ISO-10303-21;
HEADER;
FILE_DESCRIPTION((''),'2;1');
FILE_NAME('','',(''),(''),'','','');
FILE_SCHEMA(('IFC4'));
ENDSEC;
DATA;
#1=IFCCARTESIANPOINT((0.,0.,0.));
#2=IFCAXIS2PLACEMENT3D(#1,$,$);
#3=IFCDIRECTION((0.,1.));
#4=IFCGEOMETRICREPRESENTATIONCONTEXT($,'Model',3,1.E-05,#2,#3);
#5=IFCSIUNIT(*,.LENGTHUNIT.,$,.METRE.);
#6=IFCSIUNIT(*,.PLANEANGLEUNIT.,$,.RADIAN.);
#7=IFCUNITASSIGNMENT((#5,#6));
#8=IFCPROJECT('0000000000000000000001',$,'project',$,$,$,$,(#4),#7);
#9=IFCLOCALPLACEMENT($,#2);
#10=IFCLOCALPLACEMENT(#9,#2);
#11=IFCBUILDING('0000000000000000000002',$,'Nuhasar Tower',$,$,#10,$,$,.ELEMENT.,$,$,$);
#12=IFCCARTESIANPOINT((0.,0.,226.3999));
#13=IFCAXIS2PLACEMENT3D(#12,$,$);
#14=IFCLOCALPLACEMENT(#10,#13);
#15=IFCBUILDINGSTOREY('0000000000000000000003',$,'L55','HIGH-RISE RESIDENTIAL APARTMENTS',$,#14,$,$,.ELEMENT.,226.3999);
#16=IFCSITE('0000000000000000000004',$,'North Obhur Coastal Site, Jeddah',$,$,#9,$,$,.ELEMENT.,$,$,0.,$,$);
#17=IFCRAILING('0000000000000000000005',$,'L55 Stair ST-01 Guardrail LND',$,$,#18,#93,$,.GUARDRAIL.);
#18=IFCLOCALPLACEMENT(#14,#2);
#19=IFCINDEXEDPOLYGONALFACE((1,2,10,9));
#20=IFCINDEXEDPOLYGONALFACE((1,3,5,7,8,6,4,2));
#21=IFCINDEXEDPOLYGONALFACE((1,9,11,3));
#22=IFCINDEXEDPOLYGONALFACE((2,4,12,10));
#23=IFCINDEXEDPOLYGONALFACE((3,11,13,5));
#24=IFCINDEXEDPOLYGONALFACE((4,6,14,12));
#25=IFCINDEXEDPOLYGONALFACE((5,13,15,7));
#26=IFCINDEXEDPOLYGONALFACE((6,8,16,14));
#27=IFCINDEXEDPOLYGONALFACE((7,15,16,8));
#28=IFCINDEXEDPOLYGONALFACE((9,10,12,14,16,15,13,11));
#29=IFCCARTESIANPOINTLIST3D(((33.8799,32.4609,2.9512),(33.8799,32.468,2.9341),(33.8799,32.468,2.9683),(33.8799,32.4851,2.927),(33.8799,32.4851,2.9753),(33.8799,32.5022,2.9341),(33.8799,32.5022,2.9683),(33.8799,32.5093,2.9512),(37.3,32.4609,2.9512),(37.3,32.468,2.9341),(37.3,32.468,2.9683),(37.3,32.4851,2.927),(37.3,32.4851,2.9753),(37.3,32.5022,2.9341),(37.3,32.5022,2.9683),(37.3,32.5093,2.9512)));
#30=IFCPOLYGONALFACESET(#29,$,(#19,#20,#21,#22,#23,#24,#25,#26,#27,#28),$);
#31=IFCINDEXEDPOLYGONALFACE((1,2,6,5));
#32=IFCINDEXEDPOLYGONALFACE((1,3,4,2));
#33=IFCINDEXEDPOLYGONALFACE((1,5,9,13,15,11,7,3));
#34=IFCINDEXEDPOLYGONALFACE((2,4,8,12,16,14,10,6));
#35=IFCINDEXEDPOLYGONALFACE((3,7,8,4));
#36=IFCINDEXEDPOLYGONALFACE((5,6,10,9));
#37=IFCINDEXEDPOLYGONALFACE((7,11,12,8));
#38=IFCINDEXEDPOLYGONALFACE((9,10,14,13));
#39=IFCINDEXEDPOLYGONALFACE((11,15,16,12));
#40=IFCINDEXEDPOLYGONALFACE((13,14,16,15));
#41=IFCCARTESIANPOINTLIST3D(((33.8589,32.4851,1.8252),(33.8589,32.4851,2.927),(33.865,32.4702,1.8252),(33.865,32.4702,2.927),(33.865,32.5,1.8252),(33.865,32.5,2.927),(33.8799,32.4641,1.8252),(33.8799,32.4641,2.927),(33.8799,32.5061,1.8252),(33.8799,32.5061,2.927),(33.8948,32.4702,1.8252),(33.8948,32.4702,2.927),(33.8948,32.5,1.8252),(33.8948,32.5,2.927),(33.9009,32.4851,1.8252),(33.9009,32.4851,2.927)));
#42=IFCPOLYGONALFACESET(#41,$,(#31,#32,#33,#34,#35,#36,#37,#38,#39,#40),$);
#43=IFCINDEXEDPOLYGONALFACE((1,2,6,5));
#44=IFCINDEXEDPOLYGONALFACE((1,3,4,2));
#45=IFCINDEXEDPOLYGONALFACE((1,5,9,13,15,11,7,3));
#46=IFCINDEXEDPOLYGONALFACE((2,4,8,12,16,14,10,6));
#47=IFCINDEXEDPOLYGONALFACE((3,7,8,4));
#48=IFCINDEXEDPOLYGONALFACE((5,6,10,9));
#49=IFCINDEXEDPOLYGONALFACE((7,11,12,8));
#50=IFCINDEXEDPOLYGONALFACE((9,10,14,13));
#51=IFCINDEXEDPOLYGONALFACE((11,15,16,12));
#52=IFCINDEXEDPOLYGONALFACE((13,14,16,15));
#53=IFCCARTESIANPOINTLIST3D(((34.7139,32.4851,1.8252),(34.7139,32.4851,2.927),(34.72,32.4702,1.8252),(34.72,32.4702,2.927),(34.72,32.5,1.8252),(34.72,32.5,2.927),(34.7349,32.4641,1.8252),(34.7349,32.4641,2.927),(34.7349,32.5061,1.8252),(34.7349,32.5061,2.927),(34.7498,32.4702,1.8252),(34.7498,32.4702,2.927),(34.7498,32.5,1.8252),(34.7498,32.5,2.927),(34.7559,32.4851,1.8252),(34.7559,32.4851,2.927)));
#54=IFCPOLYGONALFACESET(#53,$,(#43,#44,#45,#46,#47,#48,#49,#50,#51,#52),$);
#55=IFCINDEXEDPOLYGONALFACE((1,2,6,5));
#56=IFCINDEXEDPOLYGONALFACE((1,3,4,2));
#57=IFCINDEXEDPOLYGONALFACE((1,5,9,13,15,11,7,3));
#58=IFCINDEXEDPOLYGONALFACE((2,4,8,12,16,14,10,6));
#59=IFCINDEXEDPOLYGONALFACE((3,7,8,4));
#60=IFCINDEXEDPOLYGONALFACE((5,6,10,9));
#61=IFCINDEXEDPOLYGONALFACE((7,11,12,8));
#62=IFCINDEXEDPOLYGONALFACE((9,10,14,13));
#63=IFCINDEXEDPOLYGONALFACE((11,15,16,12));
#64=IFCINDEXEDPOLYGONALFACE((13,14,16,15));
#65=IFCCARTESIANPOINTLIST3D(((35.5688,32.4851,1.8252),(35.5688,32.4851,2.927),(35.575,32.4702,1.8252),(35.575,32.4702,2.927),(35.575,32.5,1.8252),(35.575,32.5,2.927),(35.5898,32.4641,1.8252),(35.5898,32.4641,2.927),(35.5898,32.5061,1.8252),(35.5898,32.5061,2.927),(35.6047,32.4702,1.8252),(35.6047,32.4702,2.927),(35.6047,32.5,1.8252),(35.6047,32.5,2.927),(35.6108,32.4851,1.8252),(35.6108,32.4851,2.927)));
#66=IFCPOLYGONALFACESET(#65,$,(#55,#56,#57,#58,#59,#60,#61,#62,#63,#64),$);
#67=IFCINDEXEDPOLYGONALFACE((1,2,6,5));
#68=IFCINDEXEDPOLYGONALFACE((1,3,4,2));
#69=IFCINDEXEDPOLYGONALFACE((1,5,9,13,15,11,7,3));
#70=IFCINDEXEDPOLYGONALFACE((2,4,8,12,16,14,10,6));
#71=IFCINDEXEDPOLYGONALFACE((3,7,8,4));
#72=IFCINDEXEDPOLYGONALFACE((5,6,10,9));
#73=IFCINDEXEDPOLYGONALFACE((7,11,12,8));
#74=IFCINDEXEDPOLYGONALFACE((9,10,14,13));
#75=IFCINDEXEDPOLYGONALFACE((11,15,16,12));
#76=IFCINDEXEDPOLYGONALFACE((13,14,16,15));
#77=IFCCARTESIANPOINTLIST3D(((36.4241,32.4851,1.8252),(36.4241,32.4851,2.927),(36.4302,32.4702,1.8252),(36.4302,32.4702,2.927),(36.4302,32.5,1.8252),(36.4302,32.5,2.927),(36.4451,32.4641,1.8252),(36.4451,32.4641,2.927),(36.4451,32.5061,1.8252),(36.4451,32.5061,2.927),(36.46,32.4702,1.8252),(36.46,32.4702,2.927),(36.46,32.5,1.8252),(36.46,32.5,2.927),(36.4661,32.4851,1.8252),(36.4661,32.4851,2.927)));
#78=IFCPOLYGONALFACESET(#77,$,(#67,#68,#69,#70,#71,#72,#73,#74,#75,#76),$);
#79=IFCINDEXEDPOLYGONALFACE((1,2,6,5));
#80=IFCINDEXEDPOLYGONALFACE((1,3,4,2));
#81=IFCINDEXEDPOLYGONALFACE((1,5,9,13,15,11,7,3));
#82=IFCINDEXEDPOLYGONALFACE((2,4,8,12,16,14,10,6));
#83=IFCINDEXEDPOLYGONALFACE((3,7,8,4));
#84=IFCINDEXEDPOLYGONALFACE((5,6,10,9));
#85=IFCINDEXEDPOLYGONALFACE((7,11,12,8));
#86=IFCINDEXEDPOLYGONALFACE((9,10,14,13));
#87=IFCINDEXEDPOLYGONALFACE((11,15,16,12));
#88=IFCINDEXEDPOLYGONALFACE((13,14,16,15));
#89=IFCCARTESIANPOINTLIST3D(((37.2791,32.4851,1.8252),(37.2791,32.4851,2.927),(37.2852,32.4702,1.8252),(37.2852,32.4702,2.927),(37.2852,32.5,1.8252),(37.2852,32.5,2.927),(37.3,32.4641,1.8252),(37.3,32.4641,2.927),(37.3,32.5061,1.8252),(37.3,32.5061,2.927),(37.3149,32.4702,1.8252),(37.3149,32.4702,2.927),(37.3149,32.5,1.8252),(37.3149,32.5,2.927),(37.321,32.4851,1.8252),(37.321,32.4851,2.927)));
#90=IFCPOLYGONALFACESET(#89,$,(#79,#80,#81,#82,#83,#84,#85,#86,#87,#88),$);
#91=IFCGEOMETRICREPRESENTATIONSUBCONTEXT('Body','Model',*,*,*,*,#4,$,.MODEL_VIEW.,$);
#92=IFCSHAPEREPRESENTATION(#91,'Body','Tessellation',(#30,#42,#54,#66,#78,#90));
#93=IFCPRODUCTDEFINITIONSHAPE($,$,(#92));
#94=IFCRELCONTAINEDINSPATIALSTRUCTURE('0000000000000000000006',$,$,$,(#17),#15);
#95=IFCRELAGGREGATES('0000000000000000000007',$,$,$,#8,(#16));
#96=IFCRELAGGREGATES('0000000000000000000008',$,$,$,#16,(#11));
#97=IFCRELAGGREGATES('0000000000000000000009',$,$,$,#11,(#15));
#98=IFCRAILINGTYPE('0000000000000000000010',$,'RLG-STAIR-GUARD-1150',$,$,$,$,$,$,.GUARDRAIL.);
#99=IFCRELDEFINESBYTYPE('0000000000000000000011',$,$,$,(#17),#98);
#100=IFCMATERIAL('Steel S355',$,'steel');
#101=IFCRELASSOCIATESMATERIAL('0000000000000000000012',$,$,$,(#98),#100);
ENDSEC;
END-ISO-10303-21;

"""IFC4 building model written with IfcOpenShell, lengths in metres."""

from ifc_helpers import new_model, si_unit, direction, frame, origin, place, context, subcontext, project, spatial, polyline, outline, extrude, material, type_object, element, save


model = new_model("IFC4")

# Units and contexts
model_context = context("Model", 3, precision=1e-05, world=origin(), true_north=direction((0.0, 1.0)))
body_context = subcontext(model_context, "Body", "Model", "MODEL_VIEW")
ifc_project = project(units=[si_unit("LENGTHUNIT", "METRE"), si_unit("PLANEANGLEUNIT", "RADIAN")], contexts=[model_context])

# Site, building, storey
site_placement = place(None, origin())
site = spatial("IfcSite", under=ifc_project, at=site_placement, Name="North Obhur Coastal Site, Jeddah", CompositionType="ELEMENT", RefElevation=0.0)
building_placement = place(site_placement, origin())
building = spatial("IfcBuilding", under=site, at=building_placement, Name="Nuhasar Tower", CompositionType="ELEMENT")
storey_placement = place(building_placement, frame((0.0, 0.0, 226.3999)))
storey = spatial("IfcBuildingStorey", under=building, at=storey_placement, Name="L55", Description="HIGH-RISE RESIDENTIAL APARTMENTS", CompositionType="ELEMENT", Elevation=226.3999)

# Shared definitions
ifc_material_1 = material(Name="Steel S355", Category="steel")

# Railing
railing_type_1 = type_object("IfcRailingType", Name="RLG-STAIR-GUARD-1150", PredefinedType="GUARDRAIL", material=ifc_material_1)
railing_1_placement = place(storey_placement, frame((33.8799, 32.4851, 1.8252)))
element("IfcRailing", 1, at=railing_1_placement, inside=storey, type_object=railing_type_1, Name="L55 Stair ST-01 Guardrail LND", PredefinedType="GUARDRAIL", context=body_context, shape_type="SweptSolid", body=[
    extrude(outline(polyline([(0.0242, 0.0), (0.0171, 0.0171), (0.0, 0.0242), (-0.0171, 0.0171), (-0.0242, 0.0), (-0.0171, -0.0171), (0.0, -0.0242), (0.0171, -0.0171), (0.0242, 0.0)])), frame((0.0, 0.0, 1.126), z_axis=(1.0, 0.0, 0.0), x_axis=(0.0, 1.0, 0.0)), (0.0, 0.0, 1.0), 3.4202),
    extrude(outline(polyline([(0.021, 0.0), (0.0149, 0.0149), (0.0, 0.021), (-0.0149, 0.0149), (-0.021, 0.0), (-0.0149, -0.0149), (0.0, -0.021), (0.0149, -0.0149), (0.021, 0.0)])), origin(), (0.0, 0.0, 1.0), 1.1018),
    extrude(outline(polyline([(0.021, 0.0), (0.0149, 0.0149), (0.0, 0.021), (-0.0149, 0.0149), (-0.021, 0.0), (-0.0149, -0.0149), (0.0, -0.021), (0.0149, -0.0149), (0.021, 0.0)])), frame((0.855, 0.0, 0.0)), (0.0, 0.0, 1.0), 1.1018),
    extrude(outline(polyline([(0.021, 0.0), (0.0149, 0.0149), (0.0, 0.021), (-0.0149, 0.0149), (-0.021, 0.0), (-0.0149, -0.0149), (0.0, -0.021), (0.0149, -0.0149), (0.021, 0.0)])), frame((1.71, 0.0, 0.0)), (0.0, 0.0, 1.0), 1.1018),
    extrude(outline(polyline([(0.021, 0.0), (0.0149, 0.0149), (0.0, 0.021), (-0.0149, 0.0149), (-0.021, 0.0), (-0.0149, -0.0149), (0.0, -0.021), (0.0149, -0.0149), (0.021, 0.0)])), frame((2.5652, 0.0, 0.0)), (0.0, 0.0, 1.0), 1.1018),
    extrude(outline(polyline([(0.021, 0.0), (0.0149, 0.0149), (0.0, 0.021), (-0.0149, 0.0149), (-0.021, 0.0), (-0.0149, -0.0149), (0.0, -0.021), (0.0149, -0.0149), (0.021, 0.0)])), frame((3.4202, 0.0, 0.0)), (0.0, 0.0, 1.0), 1.1018),
])

save(model, "model.ifc")
